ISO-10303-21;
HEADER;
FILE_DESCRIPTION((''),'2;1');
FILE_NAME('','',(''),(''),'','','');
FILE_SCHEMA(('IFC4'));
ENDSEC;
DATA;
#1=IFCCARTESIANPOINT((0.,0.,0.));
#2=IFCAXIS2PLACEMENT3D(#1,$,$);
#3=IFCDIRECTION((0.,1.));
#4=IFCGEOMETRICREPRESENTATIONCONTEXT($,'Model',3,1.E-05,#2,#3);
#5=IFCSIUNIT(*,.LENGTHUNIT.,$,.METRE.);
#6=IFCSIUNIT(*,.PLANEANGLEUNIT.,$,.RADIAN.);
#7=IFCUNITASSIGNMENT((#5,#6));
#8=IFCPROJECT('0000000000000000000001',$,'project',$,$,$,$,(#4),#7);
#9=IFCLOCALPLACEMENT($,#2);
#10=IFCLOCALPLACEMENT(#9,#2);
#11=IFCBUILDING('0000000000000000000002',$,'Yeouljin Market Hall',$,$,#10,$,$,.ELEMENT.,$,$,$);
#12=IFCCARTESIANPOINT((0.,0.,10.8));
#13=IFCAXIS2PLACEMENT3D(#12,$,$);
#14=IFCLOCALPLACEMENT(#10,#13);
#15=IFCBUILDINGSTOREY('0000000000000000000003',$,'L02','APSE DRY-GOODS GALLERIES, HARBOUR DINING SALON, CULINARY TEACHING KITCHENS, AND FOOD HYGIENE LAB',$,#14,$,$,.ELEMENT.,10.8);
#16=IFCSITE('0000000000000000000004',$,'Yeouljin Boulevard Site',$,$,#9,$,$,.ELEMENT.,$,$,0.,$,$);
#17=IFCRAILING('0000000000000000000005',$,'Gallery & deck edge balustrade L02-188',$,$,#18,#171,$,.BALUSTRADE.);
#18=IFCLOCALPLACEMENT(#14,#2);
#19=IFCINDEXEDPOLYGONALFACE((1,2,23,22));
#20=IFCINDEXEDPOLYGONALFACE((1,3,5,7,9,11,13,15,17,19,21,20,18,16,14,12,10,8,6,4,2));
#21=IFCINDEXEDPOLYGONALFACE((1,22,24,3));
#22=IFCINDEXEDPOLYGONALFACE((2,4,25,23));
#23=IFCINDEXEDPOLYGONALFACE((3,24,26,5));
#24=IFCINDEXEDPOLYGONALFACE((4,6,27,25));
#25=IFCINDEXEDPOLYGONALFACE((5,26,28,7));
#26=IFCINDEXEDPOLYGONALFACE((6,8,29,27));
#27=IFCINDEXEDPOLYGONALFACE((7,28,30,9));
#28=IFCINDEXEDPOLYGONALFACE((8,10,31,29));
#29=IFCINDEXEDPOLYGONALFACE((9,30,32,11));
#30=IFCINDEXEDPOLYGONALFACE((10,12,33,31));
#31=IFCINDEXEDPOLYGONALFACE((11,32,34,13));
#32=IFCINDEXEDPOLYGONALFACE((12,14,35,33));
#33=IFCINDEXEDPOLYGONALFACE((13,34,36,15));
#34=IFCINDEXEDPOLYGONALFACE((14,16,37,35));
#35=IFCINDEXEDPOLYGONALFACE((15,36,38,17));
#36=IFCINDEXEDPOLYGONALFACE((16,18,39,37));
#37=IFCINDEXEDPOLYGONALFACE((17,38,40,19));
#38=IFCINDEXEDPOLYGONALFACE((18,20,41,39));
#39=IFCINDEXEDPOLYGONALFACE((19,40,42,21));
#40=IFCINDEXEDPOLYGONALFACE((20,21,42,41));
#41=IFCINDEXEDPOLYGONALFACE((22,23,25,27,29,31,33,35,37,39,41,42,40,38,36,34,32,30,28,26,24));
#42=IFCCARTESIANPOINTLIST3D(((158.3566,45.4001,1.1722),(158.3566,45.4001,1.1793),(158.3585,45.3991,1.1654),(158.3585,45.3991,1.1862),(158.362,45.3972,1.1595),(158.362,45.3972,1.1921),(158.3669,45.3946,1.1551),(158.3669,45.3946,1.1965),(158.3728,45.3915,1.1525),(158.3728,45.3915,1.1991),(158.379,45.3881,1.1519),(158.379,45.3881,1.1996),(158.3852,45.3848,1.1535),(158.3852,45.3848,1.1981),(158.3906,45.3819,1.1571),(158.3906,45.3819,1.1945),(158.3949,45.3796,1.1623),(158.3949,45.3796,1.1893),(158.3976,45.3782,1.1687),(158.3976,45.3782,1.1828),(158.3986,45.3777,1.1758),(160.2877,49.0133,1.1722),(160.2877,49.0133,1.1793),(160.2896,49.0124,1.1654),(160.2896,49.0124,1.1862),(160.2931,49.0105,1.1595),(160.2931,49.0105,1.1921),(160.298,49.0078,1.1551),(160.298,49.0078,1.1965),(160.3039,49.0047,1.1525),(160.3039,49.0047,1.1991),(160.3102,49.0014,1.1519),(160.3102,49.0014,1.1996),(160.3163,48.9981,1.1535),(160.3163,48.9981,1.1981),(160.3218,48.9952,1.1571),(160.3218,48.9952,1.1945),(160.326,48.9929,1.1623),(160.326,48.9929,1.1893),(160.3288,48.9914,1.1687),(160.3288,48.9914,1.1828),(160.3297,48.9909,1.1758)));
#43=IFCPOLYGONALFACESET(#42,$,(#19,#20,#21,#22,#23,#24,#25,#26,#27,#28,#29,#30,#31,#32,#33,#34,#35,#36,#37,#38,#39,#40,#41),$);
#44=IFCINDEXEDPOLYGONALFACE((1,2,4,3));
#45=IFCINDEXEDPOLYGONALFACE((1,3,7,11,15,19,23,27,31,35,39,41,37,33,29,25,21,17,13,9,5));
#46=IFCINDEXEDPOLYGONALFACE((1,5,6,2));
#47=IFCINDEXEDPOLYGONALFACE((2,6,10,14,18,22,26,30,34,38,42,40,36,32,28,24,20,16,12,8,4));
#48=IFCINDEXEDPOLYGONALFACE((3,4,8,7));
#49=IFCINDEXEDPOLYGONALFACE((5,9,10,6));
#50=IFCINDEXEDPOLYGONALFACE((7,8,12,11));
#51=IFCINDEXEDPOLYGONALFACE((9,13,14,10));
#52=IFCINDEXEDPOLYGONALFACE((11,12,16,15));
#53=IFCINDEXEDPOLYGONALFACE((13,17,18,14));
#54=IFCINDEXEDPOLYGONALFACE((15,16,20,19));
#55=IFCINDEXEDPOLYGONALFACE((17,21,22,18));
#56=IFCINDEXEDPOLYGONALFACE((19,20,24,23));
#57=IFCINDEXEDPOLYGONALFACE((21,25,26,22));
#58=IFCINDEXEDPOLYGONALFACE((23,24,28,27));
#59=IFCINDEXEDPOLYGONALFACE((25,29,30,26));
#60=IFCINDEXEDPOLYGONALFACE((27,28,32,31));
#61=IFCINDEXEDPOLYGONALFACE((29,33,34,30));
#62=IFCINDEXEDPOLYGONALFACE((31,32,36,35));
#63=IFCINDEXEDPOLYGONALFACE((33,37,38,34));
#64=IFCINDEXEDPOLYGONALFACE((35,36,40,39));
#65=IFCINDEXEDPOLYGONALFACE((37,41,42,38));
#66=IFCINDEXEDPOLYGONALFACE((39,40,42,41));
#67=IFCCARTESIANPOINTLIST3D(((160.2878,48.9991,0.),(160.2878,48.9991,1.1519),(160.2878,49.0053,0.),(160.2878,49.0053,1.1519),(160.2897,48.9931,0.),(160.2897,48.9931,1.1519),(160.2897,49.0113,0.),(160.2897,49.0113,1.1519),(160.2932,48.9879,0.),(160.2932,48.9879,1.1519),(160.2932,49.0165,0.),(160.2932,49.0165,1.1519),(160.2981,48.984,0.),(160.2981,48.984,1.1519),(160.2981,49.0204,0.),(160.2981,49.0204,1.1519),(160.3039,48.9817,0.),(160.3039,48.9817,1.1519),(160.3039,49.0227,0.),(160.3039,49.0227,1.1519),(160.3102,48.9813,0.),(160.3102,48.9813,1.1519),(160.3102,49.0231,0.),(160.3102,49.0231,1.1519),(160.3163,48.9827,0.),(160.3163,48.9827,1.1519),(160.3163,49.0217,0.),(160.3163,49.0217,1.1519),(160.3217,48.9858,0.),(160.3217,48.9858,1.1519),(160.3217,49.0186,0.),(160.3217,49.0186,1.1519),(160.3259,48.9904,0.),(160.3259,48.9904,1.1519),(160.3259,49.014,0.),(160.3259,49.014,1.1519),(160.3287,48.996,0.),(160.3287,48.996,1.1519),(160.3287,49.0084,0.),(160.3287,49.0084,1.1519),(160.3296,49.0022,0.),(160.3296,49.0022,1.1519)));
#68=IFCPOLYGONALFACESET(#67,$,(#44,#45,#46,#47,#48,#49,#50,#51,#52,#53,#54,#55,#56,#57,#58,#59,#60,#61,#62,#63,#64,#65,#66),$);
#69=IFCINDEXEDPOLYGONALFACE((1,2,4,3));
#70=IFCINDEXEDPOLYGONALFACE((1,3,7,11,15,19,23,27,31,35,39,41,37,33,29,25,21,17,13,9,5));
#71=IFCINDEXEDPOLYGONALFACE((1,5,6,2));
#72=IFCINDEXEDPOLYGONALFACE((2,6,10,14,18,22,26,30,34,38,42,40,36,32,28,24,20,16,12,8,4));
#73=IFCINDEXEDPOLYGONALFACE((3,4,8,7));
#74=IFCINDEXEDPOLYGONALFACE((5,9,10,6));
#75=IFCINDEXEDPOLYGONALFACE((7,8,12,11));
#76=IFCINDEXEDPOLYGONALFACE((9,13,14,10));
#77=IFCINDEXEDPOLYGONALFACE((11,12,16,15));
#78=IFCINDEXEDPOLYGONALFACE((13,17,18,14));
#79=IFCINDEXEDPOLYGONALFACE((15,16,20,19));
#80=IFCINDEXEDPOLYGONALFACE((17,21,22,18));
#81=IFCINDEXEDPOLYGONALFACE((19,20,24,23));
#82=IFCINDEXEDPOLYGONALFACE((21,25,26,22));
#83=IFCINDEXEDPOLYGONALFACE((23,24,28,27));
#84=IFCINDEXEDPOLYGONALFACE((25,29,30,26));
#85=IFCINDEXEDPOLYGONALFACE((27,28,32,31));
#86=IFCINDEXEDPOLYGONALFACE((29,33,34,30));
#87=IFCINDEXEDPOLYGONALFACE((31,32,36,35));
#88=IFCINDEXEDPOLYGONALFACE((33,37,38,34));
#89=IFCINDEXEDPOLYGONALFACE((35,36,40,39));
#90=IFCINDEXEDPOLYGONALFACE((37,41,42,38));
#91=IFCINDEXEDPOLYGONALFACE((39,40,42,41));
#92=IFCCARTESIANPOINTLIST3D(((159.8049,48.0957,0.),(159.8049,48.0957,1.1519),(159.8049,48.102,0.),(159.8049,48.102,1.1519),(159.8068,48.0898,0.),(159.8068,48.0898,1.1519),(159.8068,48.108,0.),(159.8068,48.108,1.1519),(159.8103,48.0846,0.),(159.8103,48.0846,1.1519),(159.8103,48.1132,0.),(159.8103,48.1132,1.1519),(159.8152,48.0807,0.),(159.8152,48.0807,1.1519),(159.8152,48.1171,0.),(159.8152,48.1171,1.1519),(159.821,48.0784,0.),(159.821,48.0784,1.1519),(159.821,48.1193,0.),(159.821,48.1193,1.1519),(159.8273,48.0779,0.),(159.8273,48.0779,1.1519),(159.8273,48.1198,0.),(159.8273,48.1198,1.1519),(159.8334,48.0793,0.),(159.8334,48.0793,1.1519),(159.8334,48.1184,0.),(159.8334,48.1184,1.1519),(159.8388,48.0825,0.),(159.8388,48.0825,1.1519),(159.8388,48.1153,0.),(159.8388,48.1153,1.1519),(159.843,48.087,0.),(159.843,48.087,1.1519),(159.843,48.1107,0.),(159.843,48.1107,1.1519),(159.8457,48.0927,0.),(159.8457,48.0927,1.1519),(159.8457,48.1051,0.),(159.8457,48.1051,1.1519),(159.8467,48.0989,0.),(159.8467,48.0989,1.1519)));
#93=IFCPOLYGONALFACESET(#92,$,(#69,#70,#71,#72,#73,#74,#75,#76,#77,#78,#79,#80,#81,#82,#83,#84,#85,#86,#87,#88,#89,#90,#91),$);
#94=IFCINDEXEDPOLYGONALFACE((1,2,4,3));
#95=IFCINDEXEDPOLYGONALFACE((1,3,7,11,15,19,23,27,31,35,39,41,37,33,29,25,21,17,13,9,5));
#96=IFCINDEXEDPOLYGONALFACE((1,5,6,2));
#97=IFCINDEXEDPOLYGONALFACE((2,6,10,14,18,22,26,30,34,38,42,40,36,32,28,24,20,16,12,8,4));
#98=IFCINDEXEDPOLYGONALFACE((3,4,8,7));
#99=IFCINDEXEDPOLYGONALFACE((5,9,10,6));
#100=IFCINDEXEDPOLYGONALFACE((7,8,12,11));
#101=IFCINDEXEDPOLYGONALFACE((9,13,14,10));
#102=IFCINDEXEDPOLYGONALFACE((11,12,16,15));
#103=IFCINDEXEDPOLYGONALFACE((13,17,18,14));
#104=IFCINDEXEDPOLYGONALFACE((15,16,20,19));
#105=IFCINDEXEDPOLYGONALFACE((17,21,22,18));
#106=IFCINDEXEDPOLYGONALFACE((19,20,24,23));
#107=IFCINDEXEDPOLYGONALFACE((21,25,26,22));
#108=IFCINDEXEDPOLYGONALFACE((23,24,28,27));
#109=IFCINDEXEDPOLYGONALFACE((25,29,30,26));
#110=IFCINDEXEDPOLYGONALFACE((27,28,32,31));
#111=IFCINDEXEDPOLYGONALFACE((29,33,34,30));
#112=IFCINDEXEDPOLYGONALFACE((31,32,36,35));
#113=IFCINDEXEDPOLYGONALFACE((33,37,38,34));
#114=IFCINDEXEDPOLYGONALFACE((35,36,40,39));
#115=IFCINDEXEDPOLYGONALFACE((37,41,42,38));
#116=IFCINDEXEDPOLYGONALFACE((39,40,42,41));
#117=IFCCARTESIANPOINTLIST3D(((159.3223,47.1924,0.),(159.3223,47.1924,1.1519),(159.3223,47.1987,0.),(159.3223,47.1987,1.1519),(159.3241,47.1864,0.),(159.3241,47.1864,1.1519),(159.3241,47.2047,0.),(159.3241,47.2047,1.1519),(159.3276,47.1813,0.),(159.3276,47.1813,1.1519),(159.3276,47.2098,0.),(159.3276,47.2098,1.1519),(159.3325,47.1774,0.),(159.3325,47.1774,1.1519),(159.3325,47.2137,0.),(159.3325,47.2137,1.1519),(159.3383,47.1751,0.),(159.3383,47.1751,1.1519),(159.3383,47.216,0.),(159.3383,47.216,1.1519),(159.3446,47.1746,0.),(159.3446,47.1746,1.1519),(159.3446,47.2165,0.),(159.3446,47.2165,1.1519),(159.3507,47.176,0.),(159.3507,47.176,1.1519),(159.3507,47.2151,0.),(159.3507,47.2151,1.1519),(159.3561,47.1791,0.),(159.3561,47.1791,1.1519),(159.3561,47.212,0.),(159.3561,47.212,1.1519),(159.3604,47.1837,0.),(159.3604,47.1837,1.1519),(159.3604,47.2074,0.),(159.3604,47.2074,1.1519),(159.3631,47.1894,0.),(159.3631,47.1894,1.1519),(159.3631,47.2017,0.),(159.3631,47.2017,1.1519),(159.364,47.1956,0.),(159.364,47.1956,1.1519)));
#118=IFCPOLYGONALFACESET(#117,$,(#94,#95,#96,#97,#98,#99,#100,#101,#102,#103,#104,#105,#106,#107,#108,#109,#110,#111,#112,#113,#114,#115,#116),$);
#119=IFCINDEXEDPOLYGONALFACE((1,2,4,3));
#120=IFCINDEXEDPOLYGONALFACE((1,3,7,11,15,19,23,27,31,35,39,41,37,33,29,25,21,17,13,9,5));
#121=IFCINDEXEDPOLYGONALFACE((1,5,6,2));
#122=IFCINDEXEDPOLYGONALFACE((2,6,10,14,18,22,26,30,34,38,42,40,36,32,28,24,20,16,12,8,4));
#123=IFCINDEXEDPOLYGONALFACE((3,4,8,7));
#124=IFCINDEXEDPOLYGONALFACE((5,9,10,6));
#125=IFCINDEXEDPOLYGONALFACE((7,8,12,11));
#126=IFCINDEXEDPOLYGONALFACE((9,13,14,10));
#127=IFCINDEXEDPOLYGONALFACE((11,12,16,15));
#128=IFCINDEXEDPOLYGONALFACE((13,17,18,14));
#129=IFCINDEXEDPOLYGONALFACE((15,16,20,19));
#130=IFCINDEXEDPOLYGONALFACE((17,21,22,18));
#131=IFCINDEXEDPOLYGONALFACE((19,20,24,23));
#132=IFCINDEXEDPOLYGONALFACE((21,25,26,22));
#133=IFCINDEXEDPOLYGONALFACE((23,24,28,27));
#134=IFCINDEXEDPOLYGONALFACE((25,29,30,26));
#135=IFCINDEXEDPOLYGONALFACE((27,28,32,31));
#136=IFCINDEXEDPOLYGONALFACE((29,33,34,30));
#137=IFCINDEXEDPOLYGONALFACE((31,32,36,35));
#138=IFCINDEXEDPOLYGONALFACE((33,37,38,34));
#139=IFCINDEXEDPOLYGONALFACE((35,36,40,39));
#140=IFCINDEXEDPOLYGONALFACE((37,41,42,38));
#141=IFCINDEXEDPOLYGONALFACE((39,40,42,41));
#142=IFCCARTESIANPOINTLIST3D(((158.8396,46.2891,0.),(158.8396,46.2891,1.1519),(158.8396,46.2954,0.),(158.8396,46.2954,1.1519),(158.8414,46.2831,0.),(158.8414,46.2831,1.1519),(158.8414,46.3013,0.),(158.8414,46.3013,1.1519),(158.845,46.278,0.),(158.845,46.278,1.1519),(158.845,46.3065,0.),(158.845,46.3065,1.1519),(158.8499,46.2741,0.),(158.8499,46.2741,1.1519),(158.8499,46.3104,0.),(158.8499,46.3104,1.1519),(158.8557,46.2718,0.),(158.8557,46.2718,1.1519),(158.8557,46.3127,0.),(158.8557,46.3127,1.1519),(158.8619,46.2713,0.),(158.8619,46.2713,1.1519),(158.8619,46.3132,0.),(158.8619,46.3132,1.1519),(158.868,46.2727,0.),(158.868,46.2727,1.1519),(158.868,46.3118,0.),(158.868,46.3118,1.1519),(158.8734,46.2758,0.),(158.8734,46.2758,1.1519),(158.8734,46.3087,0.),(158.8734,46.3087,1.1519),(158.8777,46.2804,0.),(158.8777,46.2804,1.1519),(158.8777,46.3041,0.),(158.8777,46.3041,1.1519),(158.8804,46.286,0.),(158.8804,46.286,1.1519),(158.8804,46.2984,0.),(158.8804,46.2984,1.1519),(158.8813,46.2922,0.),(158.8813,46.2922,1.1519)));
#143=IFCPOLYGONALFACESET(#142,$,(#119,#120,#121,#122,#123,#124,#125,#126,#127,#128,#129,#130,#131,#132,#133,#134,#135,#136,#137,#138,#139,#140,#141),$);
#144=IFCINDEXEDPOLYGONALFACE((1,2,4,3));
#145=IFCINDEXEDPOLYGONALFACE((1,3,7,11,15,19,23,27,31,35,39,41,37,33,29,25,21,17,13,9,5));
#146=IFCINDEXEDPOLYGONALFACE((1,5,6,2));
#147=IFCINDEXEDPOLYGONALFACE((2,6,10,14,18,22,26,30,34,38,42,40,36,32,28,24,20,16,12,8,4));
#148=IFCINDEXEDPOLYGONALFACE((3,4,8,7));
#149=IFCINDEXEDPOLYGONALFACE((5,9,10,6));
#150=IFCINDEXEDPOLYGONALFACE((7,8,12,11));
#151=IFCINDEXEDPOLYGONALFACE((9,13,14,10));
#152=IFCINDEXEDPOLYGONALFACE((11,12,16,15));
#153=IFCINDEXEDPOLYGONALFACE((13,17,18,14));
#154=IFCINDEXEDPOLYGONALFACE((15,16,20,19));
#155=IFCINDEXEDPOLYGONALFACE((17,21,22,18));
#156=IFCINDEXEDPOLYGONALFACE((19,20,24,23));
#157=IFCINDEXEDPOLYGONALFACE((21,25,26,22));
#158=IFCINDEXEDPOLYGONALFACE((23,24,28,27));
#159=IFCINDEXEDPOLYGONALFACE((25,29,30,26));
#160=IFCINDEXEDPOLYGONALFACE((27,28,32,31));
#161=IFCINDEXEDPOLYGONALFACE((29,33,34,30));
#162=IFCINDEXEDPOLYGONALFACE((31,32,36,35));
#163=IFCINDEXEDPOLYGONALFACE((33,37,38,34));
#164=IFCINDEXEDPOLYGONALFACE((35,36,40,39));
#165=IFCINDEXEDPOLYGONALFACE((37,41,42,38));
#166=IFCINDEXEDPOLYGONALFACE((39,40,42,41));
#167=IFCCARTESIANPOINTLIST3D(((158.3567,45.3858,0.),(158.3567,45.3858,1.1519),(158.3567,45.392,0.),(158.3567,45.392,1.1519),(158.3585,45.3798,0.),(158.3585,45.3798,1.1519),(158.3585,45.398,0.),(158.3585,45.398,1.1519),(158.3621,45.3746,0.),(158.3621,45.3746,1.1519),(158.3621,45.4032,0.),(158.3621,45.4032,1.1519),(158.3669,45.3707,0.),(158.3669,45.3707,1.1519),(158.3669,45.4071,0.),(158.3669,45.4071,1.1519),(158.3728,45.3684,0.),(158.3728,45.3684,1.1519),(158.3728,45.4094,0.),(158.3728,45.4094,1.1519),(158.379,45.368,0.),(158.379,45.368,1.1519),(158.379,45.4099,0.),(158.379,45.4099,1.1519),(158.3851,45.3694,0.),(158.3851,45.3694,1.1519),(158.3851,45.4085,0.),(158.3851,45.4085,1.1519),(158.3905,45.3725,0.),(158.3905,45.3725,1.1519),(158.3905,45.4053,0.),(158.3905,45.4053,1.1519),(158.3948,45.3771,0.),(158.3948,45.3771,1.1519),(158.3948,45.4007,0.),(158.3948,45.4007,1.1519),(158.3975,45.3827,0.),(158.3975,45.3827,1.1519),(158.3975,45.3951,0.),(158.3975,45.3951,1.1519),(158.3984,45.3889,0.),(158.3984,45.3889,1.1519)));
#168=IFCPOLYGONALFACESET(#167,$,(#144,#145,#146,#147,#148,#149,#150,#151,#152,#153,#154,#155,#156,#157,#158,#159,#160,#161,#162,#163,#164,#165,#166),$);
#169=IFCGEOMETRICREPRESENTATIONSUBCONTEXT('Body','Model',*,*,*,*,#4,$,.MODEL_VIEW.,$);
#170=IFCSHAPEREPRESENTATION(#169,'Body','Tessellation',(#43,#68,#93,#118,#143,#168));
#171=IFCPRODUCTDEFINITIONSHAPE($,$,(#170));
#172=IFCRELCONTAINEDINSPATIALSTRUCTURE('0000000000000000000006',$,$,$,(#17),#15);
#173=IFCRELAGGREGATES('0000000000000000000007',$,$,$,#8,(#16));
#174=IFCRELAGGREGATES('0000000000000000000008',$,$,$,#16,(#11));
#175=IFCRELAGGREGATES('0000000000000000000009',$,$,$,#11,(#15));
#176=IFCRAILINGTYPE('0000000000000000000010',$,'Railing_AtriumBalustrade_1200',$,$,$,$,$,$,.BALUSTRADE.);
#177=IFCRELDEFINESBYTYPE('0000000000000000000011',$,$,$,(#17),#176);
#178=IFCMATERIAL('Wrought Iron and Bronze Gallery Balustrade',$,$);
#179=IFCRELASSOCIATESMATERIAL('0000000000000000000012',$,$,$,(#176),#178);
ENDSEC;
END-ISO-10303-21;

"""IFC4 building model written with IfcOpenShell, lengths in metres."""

from ifc_helpers import new_model, si_unit, direction, frame, origin, origin_2d, place, context, subcontext, project, spatial, circle, extrude, material, type_object, element, save


model = new_model("IFC4")

# Units and contexts
model_context = context("Model", 3, precision=1e-05, world=origin(), true_north=direction((0.0, 1.0)))
body_context = subcontext(model_context, "Body", "Model", "MODEL_VIEW")
ifc_project = project(units=[si_unit("LENGTHUNIT", "METRE"), si_unit("PLANEANGLEUNIT", "RADIAN")], contexts=[model_context])

# Site, building, storey
site_placement = place(None, origin())
site = spatial("IfcSite", under=ifc_project, at=site_placement, Name="Yeouljin Boulevard Site", CompositionType="ELEMENT", RefElevation=0.0)
building_placement = place(site_placement, origin())
building = spatial("IfcBuilding", under=site, at=building_placement, Name="Yeouljin Market Hall", CompositionType="ELEMENT")
storey_placement = place(building_placement, frame((0.0, 0.0, 10.8)))
storey = spatial("IfcBuildingStorey", under=building, at=storey_placement, Name="L02", Description="APSE DRY-GOODS GALLERIES, HARBOUR DINING SALON, CULINARY TEACHING KITCHENS, AND FOOD HYGIENE LAB", CompositionType="ELEMENT", Elevation=10.8)

# Railing
ifc_material_1 = material(Name="Wrought Iron and Bronze Gallery Balustrade")
railing_type = type_object("IfcRailingType", Name="Railing_AtriumBalustrade_1200", PredefinedType="BALUSTRADE", material=ifc_material_1)
railing_1_placement = place(storey_placement, frame((160.3086, 49.0022, 0.0)))
element("IfcRailing", 1, at=railing_1_placement, inside=storey, type_object=railing_type, Name="Gallery & deck edge balustrade L02-188", PredefinedType="BALUSTRADE", context=body_context, shape_type="SweptSolid", body=[
    extrude(circle(Radius=0.0239, at=origin_2d()), frame((0.0, 0.0, 1.1758), z_axis=(-0.471361, -0.88194, 0.0), x_axis=(0.88194, -0.471361, 0.0)), (0.0, 0.0, 1.0), 4.0969),
    extrude(circle(Radius=0.021, at=origin_2d()), origin(), (0.0, 0.0, 1.0), 1.1519),
    extrude(circle(Radius=0.021, at=origin_2d()), frame((-0.4829, -0.9033, 0.0)), (0.0, 0.0, 1.0), 1.1519),
    extrude(circle(Radius=0.021, at=origin_2d()), frame((-0.9656, -1.8066, 0.0)), (0.0, 0.0, 1.0), 1.1519),
    extrude(circle(Radius=0.021, at=origin_2d()), frame((-1.4482, -2.71, 0.0)), (0.0, 0.0, 1.0), 1.1519),
    extrude(circle(Radius=0.021, at=origin_2d()), frame((-1.9312, -3.6133, 0.0)), (0.0, 0.0, 1.0), 1.1519),
])

save(model, "model.ifc")
